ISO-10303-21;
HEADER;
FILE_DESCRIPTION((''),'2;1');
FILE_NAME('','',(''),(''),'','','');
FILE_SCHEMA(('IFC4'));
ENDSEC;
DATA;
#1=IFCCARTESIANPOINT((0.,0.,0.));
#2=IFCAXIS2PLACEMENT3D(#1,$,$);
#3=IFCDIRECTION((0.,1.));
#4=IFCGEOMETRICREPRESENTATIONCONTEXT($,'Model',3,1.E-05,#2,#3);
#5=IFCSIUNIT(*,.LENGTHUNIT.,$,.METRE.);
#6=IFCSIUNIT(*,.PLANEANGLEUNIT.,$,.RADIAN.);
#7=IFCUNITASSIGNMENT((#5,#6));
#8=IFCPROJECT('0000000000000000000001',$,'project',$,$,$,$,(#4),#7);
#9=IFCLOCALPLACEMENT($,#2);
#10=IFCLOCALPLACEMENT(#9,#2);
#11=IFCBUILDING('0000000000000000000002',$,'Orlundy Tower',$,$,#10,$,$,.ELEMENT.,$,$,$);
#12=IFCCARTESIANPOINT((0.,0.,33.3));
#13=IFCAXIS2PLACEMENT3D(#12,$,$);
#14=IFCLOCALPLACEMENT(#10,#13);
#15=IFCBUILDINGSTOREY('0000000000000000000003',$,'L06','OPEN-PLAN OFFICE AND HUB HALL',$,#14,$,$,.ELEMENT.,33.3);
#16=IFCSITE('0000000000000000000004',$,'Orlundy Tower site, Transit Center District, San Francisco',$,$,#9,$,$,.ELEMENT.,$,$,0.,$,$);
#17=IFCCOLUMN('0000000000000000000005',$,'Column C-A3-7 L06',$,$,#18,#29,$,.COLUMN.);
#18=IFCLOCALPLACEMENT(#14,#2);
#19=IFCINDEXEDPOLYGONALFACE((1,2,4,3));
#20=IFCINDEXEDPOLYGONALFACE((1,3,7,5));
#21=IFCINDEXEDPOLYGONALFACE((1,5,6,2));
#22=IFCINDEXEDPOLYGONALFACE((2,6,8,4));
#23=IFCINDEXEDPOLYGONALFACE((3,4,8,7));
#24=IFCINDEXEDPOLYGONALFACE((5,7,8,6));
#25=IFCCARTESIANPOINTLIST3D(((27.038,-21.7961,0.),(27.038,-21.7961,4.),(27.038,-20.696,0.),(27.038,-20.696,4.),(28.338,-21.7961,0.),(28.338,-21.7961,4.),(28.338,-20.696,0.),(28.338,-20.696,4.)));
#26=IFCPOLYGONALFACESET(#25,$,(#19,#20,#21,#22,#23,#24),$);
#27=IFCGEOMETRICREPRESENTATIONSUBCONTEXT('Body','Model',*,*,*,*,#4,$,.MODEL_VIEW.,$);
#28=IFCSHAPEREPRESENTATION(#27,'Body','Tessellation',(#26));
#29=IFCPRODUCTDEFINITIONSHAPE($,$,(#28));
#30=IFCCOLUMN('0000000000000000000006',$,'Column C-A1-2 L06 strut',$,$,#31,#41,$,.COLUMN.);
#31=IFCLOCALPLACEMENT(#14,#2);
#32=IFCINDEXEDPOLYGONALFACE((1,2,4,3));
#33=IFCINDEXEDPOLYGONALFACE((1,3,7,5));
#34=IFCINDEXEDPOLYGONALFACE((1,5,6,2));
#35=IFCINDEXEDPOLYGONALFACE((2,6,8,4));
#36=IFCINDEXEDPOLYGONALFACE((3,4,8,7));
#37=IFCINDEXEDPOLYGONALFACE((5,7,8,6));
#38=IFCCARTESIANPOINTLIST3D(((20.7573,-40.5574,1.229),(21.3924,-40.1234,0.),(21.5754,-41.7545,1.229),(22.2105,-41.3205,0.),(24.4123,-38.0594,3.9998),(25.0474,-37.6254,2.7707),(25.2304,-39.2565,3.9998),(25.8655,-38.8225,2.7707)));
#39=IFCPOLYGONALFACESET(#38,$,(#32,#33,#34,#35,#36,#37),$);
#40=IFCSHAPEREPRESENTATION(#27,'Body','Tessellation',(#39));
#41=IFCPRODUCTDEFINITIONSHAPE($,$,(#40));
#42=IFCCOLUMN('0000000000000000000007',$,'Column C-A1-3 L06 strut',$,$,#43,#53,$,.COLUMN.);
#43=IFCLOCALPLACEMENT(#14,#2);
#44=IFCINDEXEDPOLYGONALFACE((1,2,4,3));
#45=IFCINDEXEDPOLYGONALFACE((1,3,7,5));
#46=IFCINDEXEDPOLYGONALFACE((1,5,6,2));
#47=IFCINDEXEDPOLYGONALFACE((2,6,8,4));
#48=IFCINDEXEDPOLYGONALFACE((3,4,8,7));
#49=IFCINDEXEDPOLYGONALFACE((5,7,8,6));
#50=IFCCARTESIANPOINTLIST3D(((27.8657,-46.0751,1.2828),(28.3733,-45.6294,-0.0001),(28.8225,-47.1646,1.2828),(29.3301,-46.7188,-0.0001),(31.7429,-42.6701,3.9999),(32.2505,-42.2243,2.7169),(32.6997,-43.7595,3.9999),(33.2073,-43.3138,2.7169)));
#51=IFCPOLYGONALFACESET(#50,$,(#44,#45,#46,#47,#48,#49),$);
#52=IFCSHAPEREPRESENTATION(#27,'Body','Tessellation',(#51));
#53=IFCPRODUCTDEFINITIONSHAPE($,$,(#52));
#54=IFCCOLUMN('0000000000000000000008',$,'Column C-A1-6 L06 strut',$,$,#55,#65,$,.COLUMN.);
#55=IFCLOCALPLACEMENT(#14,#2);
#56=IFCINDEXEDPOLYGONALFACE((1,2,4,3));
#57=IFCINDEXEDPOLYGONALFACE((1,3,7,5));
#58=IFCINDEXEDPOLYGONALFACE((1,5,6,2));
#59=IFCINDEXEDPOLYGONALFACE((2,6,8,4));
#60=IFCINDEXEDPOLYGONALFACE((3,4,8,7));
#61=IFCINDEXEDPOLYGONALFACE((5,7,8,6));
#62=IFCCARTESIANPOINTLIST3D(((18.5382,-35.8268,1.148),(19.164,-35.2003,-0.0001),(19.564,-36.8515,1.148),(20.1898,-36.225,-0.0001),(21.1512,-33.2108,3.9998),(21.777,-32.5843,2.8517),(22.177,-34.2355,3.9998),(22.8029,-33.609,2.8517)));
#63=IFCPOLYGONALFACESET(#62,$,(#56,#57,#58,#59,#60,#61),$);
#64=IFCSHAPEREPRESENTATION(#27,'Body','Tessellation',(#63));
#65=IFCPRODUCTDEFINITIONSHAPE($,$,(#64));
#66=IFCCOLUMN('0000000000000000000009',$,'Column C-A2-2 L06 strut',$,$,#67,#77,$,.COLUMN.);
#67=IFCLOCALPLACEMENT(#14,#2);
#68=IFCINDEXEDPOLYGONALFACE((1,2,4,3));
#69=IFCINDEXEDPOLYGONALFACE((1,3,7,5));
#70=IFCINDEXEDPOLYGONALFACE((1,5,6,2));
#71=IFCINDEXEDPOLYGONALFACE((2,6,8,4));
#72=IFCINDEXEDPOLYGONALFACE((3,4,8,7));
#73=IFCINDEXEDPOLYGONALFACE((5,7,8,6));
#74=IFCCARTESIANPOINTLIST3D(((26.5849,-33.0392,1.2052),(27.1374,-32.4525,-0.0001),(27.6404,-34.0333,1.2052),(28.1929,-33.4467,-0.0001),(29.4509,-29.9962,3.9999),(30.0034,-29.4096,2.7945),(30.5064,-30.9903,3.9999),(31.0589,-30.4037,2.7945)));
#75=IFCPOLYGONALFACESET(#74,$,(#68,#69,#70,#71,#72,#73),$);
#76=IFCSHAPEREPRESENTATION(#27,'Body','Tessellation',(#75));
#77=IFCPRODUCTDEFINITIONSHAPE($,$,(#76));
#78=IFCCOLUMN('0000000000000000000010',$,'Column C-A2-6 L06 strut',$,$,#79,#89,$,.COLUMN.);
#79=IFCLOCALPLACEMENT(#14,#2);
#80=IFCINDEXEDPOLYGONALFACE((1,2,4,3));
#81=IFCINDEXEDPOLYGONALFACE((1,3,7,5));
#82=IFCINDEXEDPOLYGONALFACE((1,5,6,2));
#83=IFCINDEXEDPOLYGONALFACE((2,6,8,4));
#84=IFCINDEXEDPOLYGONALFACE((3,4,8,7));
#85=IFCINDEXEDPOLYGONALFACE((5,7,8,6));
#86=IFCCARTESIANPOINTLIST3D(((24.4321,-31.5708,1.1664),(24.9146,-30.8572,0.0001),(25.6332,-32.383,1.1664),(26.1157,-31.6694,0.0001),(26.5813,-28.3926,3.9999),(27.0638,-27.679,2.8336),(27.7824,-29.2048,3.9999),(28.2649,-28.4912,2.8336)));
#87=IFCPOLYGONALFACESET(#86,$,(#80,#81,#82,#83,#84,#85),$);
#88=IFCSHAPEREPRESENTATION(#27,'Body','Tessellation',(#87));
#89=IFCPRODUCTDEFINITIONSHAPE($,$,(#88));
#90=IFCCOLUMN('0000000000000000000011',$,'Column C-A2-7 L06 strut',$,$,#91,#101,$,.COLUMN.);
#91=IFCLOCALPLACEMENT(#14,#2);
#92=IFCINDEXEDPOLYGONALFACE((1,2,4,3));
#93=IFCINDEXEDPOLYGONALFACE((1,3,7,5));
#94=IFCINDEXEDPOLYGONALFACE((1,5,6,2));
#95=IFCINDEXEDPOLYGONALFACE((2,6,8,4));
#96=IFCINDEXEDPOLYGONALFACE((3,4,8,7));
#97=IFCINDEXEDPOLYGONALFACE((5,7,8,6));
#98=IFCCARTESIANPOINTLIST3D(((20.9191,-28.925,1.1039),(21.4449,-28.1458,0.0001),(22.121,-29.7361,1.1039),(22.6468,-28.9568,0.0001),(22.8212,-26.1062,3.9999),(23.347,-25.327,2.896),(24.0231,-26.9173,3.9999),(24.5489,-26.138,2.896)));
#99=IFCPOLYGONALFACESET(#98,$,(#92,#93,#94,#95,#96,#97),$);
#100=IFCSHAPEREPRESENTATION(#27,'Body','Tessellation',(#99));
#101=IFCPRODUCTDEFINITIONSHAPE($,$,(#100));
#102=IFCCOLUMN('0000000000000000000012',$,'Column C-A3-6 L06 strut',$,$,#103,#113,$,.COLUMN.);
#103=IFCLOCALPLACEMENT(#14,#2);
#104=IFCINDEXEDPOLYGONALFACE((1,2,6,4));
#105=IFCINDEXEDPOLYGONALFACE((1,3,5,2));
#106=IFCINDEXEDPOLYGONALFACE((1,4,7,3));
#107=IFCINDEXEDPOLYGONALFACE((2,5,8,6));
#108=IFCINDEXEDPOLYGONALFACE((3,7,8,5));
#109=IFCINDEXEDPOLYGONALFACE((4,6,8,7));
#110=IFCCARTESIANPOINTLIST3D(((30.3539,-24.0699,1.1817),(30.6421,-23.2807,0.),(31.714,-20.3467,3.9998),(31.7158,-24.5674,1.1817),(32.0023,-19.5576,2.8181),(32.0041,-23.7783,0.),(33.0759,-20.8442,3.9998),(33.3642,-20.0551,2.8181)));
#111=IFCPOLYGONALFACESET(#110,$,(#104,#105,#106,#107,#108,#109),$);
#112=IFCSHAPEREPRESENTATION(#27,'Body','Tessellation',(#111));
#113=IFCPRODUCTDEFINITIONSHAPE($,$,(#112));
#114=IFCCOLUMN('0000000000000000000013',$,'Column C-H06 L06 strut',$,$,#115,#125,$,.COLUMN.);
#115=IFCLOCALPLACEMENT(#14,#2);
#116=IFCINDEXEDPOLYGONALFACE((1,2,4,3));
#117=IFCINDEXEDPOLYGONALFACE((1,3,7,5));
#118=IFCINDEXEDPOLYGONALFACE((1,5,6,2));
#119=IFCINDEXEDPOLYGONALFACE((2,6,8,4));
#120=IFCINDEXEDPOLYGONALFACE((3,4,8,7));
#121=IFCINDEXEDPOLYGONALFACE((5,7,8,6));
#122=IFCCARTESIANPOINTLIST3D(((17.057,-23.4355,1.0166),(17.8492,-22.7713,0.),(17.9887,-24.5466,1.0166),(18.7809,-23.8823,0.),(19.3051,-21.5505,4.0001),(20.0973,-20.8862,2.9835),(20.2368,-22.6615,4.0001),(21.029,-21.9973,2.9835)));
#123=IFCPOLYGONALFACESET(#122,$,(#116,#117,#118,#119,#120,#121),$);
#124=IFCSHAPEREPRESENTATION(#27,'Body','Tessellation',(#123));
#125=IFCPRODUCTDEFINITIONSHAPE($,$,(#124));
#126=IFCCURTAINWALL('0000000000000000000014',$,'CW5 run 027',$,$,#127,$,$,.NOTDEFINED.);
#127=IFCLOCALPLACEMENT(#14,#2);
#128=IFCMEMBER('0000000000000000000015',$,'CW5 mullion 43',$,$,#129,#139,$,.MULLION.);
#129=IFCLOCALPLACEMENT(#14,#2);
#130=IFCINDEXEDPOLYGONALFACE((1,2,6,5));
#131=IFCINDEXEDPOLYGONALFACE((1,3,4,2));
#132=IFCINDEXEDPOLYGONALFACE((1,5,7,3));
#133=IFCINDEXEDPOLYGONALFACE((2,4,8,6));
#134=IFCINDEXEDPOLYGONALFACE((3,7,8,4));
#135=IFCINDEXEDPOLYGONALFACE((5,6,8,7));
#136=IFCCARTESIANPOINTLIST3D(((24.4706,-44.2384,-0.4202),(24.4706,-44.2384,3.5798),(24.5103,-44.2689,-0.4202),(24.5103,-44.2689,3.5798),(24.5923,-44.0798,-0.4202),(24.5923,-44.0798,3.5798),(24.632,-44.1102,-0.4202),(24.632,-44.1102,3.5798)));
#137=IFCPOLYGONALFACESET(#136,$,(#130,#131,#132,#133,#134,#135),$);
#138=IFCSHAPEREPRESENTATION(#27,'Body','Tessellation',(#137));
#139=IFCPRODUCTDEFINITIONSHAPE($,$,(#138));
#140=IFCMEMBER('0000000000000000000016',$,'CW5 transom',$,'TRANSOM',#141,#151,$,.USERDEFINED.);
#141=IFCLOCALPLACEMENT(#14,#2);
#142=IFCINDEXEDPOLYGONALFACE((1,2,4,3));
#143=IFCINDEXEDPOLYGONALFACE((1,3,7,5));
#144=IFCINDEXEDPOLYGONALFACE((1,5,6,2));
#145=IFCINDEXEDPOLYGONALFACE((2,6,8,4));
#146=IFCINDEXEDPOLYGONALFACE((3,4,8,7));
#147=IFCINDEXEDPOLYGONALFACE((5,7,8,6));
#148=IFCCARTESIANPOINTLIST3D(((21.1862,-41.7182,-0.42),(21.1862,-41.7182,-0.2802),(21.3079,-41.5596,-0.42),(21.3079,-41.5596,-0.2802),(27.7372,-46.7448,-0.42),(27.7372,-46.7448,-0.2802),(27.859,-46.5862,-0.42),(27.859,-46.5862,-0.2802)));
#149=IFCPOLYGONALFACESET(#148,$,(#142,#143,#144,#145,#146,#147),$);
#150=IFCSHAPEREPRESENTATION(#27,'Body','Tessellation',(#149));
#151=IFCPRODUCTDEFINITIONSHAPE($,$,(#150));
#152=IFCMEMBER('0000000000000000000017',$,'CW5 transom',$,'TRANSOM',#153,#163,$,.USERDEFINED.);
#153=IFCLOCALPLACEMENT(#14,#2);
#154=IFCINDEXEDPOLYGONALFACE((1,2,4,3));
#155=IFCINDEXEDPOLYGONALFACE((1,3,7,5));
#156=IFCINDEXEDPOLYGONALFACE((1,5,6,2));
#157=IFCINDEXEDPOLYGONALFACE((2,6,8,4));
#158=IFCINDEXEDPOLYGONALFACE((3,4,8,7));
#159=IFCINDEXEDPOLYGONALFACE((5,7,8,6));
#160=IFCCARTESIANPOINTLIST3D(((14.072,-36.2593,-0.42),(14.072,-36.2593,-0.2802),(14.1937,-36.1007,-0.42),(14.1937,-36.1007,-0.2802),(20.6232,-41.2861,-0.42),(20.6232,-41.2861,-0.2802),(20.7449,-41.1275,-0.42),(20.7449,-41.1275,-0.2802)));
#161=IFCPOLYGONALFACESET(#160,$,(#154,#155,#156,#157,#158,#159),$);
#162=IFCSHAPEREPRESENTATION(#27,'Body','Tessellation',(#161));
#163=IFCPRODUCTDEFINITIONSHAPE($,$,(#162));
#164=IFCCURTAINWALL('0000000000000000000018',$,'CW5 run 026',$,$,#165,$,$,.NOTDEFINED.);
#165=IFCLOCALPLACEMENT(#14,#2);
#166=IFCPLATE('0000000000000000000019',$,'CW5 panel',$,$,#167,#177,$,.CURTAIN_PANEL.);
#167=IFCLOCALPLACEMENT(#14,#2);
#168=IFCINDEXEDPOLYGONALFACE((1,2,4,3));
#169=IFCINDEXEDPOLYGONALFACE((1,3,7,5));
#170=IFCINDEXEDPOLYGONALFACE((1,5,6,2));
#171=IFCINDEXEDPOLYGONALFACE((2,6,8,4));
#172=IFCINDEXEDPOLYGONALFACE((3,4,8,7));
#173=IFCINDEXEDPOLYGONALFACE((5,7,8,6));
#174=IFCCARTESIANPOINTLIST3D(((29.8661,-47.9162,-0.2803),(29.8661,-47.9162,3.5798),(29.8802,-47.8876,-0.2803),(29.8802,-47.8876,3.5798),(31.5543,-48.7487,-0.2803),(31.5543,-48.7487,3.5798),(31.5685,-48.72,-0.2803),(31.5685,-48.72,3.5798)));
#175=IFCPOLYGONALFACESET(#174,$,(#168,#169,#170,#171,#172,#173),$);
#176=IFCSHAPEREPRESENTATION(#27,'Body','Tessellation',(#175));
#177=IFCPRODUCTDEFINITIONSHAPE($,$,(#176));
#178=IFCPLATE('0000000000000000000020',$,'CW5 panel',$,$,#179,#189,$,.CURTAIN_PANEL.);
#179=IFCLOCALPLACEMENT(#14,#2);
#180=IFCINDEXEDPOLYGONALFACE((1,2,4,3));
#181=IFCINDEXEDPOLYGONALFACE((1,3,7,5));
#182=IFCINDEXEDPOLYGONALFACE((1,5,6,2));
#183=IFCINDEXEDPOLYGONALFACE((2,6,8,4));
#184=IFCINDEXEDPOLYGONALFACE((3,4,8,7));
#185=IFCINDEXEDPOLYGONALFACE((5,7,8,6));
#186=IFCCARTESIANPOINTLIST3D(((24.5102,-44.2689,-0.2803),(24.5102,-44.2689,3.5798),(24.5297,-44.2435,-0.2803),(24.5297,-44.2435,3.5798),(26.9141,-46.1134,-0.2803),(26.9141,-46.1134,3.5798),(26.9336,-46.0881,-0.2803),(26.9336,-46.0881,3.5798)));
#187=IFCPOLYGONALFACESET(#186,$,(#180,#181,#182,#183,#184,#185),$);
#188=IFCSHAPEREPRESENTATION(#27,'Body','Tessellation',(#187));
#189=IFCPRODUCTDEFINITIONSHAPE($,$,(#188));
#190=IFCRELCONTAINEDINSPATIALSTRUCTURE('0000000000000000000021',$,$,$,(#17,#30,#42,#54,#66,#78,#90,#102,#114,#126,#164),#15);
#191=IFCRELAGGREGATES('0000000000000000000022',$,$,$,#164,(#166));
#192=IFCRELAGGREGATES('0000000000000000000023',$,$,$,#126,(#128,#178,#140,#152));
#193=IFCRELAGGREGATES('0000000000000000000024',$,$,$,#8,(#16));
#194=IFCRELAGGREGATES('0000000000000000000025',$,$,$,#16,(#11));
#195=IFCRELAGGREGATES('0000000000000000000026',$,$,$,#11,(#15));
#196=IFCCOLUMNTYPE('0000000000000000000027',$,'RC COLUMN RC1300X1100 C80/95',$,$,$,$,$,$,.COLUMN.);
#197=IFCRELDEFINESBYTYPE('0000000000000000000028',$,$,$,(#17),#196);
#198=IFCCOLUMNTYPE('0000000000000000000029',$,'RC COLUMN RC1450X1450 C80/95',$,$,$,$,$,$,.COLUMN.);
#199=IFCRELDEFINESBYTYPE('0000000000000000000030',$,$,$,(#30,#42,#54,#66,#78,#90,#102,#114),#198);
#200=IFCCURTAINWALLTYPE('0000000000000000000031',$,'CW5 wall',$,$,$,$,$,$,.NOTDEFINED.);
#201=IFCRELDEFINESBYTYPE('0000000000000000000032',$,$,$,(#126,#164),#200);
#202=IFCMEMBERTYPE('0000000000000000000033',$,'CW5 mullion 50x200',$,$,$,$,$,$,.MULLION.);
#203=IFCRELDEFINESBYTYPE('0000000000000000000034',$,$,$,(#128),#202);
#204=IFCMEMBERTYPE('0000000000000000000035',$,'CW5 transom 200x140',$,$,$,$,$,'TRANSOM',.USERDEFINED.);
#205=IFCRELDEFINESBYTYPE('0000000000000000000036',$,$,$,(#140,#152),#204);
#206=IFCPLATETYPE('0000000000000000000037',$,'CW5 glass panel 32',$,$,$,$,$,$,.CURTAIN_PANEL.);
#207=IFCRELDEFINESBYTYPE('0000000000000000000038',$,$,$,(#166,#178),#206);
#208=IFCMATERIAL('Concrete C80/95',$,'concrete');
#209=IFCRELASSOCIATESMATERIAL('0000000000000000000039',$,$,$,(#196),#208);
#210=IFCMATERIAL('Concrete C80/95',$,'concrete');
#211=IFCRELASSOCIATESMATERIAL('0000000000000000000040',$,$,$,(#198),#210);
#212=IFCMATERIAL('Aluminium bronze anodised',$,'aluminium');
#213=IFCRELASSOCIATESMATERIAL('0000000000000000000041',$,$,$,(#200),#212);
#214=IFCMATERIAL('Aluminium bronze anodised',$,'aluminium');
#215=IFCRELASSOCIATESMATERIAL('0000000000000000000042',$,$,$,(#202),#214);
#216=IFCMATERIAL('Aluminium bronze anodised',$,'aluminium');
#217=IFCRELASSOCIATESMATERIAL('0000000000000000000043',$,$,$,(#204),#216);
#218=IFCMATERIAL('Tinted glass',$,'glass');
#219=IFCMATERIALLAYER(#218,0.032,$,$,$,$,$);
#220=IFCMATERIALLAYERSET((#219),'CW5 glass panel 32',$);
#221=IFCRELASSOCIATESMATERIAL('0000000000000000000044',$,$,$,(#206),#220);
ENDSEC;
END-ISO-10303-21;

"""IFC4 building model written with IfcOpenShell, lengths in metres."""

from ifc_helpers import new_model, si_unit, direction, frame, origin, origin_2d, place, context, subcontext, project, spatial, rectangle, extrude, material, layer, layer_set, material_profile, profile_set, type_object, element, aggregate, save


model = new_model("IFC4")

# Units and contexts
model_context = context("Model", 3, precision=1e-05, world=origin(), true_north=direction((0.0, 1.0)))
body_context = subcontext(model_context, "Body", "Model", "MODEL_VIEW")
ifc_project = project(units=[si_unit("LENGTHUNIT", "METRE"), si_unit("PLANEANGLEUNIT", "RADIAN")], contexts=[model_context])

# Site, building, storey
site_placement = place(None, origin())
site = spatial("IfcSite", under=ifc_project, at=site_placement, Name="Orlundy Tower site, Transit Center District, San Francisco", CompositionType="ELEMENT", RefElevation=0.0)
building_placement = place(site_placement, origin())
building = spatial("IfcBuilding", under=site, at=building_placement, Name="Orlundy Tower", CompositionType="ELEMENT")
storey_placement = place(building_placement, frame((0.0, 0.0, 33.3)))
storey = spatial("IfcBuildingStorey", under=building, at=storey_placement, Name="L06", Description="OPEN-PLAN OFFICE AND HUB HALL", CompositionType="ELEMENT", Elevation=33.3)

# Columns
ifc_material_1 = material(Name="Concrete C80/95", Category="concrete")
ifc_material_profile_1 = material_profile(ifc_material_1, rectangle(XDim=1.3, YDim=1.1001, at=origin_2d()), Name="RC1300X1100")
ifc_profile_set_1 = profile_set([ifc_material_profile_1], Name="Concrete C80/95")
column_type_1 = type_object("IfcColumnType", Name="RC COLUMN RC1300X1100 C80/95", PredefinedType="COLUMN", material=ifc_profile_set_1)
column_1_placement = place(storey_placement, frame((27.688, -21.2461, 0.0), z_axis=(0.0, 0.0, 1.0), x_axis=(1.0, 0.0, 0.0)))
element("IfcColumn", 1, at=column_1_placement, inside=storey, type_object=column_type_1, Name="Column C-A3-7 L06", PredefinedType="COLUMN", context=body_context, shape_type="SweptSolid", body=[
    extrude(rectangle(XDim=1.3, YDim=1.1001, at=origin_2d()), origin(), (0.0, 0.0, 1.0), 4.0),
])
ifc_material_2 = material(Name="Concrete C80/95", Category="concrete")
ifc_material_profile_2 = material_profile(ifc_material_2, rectangle(XDim=1.45, YDim=1.45, at=origin_2d()), Name="RC1450X1450")
ifc_profile_set_2 = profile_set([ifc_material_profile_2], Name="Concrete C80/95")
column_type_2 = type_object("IfcColumnType", Name="RC COLUMN RC1450X1450 C80/95", PredefinedType="COLUMN", material=ifc_profile_set_2)
column_2_placement = place(storey_placement, frame((21.4839, -40.939, 0.6145), z_axis=(0.699836, 0.478306, 0.530521), x_axis=(-0.564259, 0.825598, 0.0)))
element("IfcColumn", 2, at=column_2_placement, inside=storey, type_object=column_type_2, Name="Column C-A1-2 L06 strut", PredefinedType="COLUMN", context=body_context, shape_type="SweptSolid", body=[
    extrude(rectangle(XDim=1.45, YDim=1.45, at=origin_2d()), origin(), (0.0, 0.0, 1.0), 5.2227),
])
column_3_placement = place(storey_placement, frame((28.5979, -46.397, 0.6414), z_axis=(0.664844, 0.583879, 0.465906), x_axis=(-0.659873, 0.751377, 0.0)))
element("IfcColumn", 3, at=column_3_placement, inside=storey, type_object=column_type_2, Name="Column C-A1-3 L06 strut", PredefinedType="COLUMN", context=body_context, shape_type="SweptSolid", body=[
    extrude(rectangle(XDim=1.45, YDim=1.45, at=origin_2d()), origin(), (0.0, 0.0, 1.0), 5.8318),
])
column_4_placement = place(storey_placement, frame((19.364, -36.0259, 0.574), z_axis=(0.559599, 0.560227, 0.610733), x_axis=(-0.707503, 0.70671, 0.0)))
element("IfcColumn", 4, at=column_4_placement, inside=storey, type_object=column_type_2, Name="Column C-A1-6 L06 strut", PredefinedType="COLUMN", context=body_context, shape_type="SweptSolid", body=[
    extrude(rectangle(XDim=1.45, YDim=1.45, at=origin_2d()), origin(), (0.0, 0.0, 1.0), 4.6694),
])
column_5_placement = place(storey_placement, frame((27.3889, -33.2429, 0.6025), z_axis=(0.569969, 0.60517, 0.555791), x_axis=(-0.727962, 0.685618, 0.0)))
element("IfcColumn", 5, at=column_5_placement, inside=storey, type_object=column_type_2, Name="Column C-A2-2 L06 strut", PredefinedType="COLUMN", context=body_context, shape_type="SweptSolid", body=[
    extrude(rectangle(XDim=1.45, YDim=1.45, at=origin_2d()), origin(), (0.0, 0.0, 1.0), 5.0283),
])
column_6_placement = place(storey_placement, frame((25.2739, -31.6201, 0.5833), z_axis=(0.450601, 0.666355, 0.594079), x_axis=(-0.828381, 0.560166, 0.0)))
element("IfcColumn", 6, at=column_6_placement, inside=storey, type_object=column_type_2, Name="Column C-A2-6 L06 strut", PredefinedType="COLUMN", context=body_context, shape_type="SweptSolid", body=[
    extrude(rectangle(XDim=1.45, YDim=1.45, at=origin_2d()), origin(), (0.0, 0.0, 1.0), 4.7695),
])
column_7_placement = place(storey_placement, frame((21.783, -28.9409, 0.552), z_axis=(0.425848, 0.631092, 0.648364), x_axis=(-0.828934, 0.559347, 0.0)))
element("IfcColumn", 7, at=column_7_placement, inside=storey, type_object=column_type_2, Name="Column C-A2-7 L06 strut", PredefinedType="COLUMN", context=body_context, shape_type="SweptSolid", body=[
    extrude(rectangle(XDim=1.45, YDim=1.45, at=origin_2d()), origin(), (0.0, 0.0, 1.0), 4.4666),
])
column_8_placement = place(storey_placement, frame((31.179, -23.9241, 0.5908), z_axis=(0.279657, 0.76553, 0.579444), x_axis=(-0.939287, 0.343132, 0.0)))
element("IfcColumn", 8, at=column_8_placement, inside=storey, type_object=column_type_2, Name="Column C-A3-6 L06 strut", PredefinedType="COLUMN", context=body_context, shape_type="SweptSolid", body=[
    extrude(rectangle(XDim=1.45, YDim=1.45, at=origin_2d()), origin(), (0.0, 0.0, 1.0), 4.8635),
])
column_9_placement = place(storey_placement, frame((17.9189, -23.6589, 0.5083), z_axis=(0.537269, 0.450505, 0.713013), x_axis=(-0.642522, 0.766267, 0.0)))
element("IfcColumn", 9, at=column_9_placement, inside=storey, type_object=column_type_2, Name="Column C-H06 L06 strut", PredefinedType="COLUMN", context=body_context, shape_type="SweptSolid", body=[
    extrude(rectangle(XDim=1.45, YDim=1.45, at=origin_2d()), origin(), (0.0, 0.0, 1.0), 4.1843),
])

# Curtain wall, members
ifc_material_3 = material(Name="Aluminium bronze anodised", Category="aluminium")
curtain_wall_type = type_object("IfcCurtainWallType", Name="CW5 wall", PredefinedType="NOTDEFINED", material=ifc_material_3)
curtain_wall_1_placement = place(storey_placement, origin())
curtain_wall_1 = element("IfcCurtainWall", 10, at=curtain_wall_1_placement, inside=storey, type_object=curtain_wall_type, Name="CW5 run 027", PredefinedType="NOTDEFINED")
ifc_material_4 = material(Name="Aluminium bronze anodised", Category="aluminium")
ifc_material_profile_3 = material_profile(ifc_material_4, rectangle(XDim=0.2, YDim=0.05, at=origin_2d()), Name="CW5 mullion 50x200")
ifc_profile_set_3 = profile_set([ifc_material_profile_3], Name="Aluminium bronze anodised")
member_type_1 = type_object("IfcMemberType", Name="CW5 mullion 50x200", PredefinedType="MULLION", material=ifc_profile_set_3)
member_1_placement = place(storey_placement, frame((24.5513, -44.1743, -0.4202), z_axis=(0.0, 0.0, 1.0), x_axis=(-0.608757, -0.793357, 0.0)))
member_1 = element("IfcMember", 11, at=member_1_placement, type_object=member_type_1, Name="CW5 mullion 43", PredefinedType="MULLION", context=body_context, shape_type="SweptSolid", body=[
    extrude(rectangle(XDim=0.2, YDim=0.05, at=origin_2d()), origin(), (0.0, 0.0, 1.0), 4.0),
])
ifc_material_5 = material(Name="Aluminium bronze anodised", Category="aluminium")
ifc_material_profile_4 = material_profile(ifc_material_5, rectangle(XDim=0.2, YDim=0.1399, at=origin_2d()), Name="CW5 transom 200x140")
ifc_profile_set_4 = profile_set([ifc_material_profile_4], Name="Aluminium bronze anodised")
member_type_2 = type_object("IfcMemberType", Name="CW5 transom 200x140", ElementType="TRANSOM", PredefinedType="USERDEFINED", material=ifc_profile_set_4)
member_2_placement = place(storey_placement, frame((27.7981, -46.6655, -0.3501), z_axis=(-0.793363, 0.608749, 0.0), x_axis=(-0.608749, -0.793363, 0.0)))
member_2 = element("IfcMember", 12, at=member_2_placement, type_object=member_type_2, Name="CW5 transom", ObjectType="TRANSOM", PredefinedType="USERDEFINED", context=body_context, shape_type="SweptSolid", body=[
    extrude(rectangle(XDim=0.2, YDim=0.1399, at=origin_2d()), origin(), (0.0, 0.0, 1.0), 8.2573),
])
member_3_placement = place(storey_placement, frame((20.6841, -41.2068, -0.3501), z_axis=(-0.79336, 0.608753, 0.0), x_axis=(-0.608753, -0.79336, 0.0)))
member_3 = element("IfcMember", 13, at=member_3_placement, type_object=member_type_2, Name="CW5 transom", ObjectType="TRANSOM", PredefinedType="USERDEFINED", context=body_context, shape_type="SweptSolid", body=[
    extrude(rectangle(XDim=0.2, YDim=0.1399, at=origin_2d()), origin(), (0.0, 0.0, 1.0), 8.2576),
])

# Curtain wall, plate
curtain_wall_2_placement = place(storey_placement, origin())
curtain_wall_2 = element("IfcCurtainWall", 14, at=curtain_wall_2_placement, inside=storey, type_object=curtain_wall_type, Name="CW5 run 026", PredefinedType="NOTDEFINED")
ifc_material_6 = material(Name="Tinted glass", Category="glass")
ifc_layer_1 = layer(ifc_material_6, 0.032)
ifc_layer_set_1 = layer_set([ifc_layer_1], Name="CW5 glass panel 32")
plate_type_1 = type_object("IfcPlateType", Name="CW5 glass panel 32", PredefinedType="CURTAIN_PANEL", material=ifc_layer_set_1)
plate_1_placement = place(storey_placement, frame((30.7173, -48.3181, -0.2803), z_axis=(0.0, 0.0, 1.0), x_axis=(-0.896896, 0.442242, 0.0)))
plate_1 = element("IfcPlate", 15, at=plate_1_placement, type_object=plate_type_1, Name="CW5 panel", PredefinedType="CURTAIN_PANEL", context=body_context, shape_type="SweptSolid", body=[
    extrude(rectangle(XDim=1.8823, YDim=0.032, at=origin_2d()), origin(), (0.0, 0.0, 1.0), 3.8601),
])
aggregate(curtain_wall_2, [plate_1])

# Plate
plate_2_placement = place(storey_placement, frame((25.7219, -45.1785, -0.2803), z_axis=(0.0, 0.0, 1.0), x_axis=(-0.793357, 0.608757, 0.0)))
plate_2 = element("IfcPlate", 16, at=plate_2_placement, type_object=plate_type_1, Name="CW5 panel", PredefinedType="CURTAIN_PANEL", context=body_context, shape_type="SweptSolid", body=[
    extrude(rectangle(XDim=3.03, YDim=0.032, at=origin_2d()), origin(), (0.0, 0.0, 1.0), 3.8601),
])
aggregate(curtain_wall_1, [member_1, plate_2, member_2, member_3])

save(model, "model.ifc")
